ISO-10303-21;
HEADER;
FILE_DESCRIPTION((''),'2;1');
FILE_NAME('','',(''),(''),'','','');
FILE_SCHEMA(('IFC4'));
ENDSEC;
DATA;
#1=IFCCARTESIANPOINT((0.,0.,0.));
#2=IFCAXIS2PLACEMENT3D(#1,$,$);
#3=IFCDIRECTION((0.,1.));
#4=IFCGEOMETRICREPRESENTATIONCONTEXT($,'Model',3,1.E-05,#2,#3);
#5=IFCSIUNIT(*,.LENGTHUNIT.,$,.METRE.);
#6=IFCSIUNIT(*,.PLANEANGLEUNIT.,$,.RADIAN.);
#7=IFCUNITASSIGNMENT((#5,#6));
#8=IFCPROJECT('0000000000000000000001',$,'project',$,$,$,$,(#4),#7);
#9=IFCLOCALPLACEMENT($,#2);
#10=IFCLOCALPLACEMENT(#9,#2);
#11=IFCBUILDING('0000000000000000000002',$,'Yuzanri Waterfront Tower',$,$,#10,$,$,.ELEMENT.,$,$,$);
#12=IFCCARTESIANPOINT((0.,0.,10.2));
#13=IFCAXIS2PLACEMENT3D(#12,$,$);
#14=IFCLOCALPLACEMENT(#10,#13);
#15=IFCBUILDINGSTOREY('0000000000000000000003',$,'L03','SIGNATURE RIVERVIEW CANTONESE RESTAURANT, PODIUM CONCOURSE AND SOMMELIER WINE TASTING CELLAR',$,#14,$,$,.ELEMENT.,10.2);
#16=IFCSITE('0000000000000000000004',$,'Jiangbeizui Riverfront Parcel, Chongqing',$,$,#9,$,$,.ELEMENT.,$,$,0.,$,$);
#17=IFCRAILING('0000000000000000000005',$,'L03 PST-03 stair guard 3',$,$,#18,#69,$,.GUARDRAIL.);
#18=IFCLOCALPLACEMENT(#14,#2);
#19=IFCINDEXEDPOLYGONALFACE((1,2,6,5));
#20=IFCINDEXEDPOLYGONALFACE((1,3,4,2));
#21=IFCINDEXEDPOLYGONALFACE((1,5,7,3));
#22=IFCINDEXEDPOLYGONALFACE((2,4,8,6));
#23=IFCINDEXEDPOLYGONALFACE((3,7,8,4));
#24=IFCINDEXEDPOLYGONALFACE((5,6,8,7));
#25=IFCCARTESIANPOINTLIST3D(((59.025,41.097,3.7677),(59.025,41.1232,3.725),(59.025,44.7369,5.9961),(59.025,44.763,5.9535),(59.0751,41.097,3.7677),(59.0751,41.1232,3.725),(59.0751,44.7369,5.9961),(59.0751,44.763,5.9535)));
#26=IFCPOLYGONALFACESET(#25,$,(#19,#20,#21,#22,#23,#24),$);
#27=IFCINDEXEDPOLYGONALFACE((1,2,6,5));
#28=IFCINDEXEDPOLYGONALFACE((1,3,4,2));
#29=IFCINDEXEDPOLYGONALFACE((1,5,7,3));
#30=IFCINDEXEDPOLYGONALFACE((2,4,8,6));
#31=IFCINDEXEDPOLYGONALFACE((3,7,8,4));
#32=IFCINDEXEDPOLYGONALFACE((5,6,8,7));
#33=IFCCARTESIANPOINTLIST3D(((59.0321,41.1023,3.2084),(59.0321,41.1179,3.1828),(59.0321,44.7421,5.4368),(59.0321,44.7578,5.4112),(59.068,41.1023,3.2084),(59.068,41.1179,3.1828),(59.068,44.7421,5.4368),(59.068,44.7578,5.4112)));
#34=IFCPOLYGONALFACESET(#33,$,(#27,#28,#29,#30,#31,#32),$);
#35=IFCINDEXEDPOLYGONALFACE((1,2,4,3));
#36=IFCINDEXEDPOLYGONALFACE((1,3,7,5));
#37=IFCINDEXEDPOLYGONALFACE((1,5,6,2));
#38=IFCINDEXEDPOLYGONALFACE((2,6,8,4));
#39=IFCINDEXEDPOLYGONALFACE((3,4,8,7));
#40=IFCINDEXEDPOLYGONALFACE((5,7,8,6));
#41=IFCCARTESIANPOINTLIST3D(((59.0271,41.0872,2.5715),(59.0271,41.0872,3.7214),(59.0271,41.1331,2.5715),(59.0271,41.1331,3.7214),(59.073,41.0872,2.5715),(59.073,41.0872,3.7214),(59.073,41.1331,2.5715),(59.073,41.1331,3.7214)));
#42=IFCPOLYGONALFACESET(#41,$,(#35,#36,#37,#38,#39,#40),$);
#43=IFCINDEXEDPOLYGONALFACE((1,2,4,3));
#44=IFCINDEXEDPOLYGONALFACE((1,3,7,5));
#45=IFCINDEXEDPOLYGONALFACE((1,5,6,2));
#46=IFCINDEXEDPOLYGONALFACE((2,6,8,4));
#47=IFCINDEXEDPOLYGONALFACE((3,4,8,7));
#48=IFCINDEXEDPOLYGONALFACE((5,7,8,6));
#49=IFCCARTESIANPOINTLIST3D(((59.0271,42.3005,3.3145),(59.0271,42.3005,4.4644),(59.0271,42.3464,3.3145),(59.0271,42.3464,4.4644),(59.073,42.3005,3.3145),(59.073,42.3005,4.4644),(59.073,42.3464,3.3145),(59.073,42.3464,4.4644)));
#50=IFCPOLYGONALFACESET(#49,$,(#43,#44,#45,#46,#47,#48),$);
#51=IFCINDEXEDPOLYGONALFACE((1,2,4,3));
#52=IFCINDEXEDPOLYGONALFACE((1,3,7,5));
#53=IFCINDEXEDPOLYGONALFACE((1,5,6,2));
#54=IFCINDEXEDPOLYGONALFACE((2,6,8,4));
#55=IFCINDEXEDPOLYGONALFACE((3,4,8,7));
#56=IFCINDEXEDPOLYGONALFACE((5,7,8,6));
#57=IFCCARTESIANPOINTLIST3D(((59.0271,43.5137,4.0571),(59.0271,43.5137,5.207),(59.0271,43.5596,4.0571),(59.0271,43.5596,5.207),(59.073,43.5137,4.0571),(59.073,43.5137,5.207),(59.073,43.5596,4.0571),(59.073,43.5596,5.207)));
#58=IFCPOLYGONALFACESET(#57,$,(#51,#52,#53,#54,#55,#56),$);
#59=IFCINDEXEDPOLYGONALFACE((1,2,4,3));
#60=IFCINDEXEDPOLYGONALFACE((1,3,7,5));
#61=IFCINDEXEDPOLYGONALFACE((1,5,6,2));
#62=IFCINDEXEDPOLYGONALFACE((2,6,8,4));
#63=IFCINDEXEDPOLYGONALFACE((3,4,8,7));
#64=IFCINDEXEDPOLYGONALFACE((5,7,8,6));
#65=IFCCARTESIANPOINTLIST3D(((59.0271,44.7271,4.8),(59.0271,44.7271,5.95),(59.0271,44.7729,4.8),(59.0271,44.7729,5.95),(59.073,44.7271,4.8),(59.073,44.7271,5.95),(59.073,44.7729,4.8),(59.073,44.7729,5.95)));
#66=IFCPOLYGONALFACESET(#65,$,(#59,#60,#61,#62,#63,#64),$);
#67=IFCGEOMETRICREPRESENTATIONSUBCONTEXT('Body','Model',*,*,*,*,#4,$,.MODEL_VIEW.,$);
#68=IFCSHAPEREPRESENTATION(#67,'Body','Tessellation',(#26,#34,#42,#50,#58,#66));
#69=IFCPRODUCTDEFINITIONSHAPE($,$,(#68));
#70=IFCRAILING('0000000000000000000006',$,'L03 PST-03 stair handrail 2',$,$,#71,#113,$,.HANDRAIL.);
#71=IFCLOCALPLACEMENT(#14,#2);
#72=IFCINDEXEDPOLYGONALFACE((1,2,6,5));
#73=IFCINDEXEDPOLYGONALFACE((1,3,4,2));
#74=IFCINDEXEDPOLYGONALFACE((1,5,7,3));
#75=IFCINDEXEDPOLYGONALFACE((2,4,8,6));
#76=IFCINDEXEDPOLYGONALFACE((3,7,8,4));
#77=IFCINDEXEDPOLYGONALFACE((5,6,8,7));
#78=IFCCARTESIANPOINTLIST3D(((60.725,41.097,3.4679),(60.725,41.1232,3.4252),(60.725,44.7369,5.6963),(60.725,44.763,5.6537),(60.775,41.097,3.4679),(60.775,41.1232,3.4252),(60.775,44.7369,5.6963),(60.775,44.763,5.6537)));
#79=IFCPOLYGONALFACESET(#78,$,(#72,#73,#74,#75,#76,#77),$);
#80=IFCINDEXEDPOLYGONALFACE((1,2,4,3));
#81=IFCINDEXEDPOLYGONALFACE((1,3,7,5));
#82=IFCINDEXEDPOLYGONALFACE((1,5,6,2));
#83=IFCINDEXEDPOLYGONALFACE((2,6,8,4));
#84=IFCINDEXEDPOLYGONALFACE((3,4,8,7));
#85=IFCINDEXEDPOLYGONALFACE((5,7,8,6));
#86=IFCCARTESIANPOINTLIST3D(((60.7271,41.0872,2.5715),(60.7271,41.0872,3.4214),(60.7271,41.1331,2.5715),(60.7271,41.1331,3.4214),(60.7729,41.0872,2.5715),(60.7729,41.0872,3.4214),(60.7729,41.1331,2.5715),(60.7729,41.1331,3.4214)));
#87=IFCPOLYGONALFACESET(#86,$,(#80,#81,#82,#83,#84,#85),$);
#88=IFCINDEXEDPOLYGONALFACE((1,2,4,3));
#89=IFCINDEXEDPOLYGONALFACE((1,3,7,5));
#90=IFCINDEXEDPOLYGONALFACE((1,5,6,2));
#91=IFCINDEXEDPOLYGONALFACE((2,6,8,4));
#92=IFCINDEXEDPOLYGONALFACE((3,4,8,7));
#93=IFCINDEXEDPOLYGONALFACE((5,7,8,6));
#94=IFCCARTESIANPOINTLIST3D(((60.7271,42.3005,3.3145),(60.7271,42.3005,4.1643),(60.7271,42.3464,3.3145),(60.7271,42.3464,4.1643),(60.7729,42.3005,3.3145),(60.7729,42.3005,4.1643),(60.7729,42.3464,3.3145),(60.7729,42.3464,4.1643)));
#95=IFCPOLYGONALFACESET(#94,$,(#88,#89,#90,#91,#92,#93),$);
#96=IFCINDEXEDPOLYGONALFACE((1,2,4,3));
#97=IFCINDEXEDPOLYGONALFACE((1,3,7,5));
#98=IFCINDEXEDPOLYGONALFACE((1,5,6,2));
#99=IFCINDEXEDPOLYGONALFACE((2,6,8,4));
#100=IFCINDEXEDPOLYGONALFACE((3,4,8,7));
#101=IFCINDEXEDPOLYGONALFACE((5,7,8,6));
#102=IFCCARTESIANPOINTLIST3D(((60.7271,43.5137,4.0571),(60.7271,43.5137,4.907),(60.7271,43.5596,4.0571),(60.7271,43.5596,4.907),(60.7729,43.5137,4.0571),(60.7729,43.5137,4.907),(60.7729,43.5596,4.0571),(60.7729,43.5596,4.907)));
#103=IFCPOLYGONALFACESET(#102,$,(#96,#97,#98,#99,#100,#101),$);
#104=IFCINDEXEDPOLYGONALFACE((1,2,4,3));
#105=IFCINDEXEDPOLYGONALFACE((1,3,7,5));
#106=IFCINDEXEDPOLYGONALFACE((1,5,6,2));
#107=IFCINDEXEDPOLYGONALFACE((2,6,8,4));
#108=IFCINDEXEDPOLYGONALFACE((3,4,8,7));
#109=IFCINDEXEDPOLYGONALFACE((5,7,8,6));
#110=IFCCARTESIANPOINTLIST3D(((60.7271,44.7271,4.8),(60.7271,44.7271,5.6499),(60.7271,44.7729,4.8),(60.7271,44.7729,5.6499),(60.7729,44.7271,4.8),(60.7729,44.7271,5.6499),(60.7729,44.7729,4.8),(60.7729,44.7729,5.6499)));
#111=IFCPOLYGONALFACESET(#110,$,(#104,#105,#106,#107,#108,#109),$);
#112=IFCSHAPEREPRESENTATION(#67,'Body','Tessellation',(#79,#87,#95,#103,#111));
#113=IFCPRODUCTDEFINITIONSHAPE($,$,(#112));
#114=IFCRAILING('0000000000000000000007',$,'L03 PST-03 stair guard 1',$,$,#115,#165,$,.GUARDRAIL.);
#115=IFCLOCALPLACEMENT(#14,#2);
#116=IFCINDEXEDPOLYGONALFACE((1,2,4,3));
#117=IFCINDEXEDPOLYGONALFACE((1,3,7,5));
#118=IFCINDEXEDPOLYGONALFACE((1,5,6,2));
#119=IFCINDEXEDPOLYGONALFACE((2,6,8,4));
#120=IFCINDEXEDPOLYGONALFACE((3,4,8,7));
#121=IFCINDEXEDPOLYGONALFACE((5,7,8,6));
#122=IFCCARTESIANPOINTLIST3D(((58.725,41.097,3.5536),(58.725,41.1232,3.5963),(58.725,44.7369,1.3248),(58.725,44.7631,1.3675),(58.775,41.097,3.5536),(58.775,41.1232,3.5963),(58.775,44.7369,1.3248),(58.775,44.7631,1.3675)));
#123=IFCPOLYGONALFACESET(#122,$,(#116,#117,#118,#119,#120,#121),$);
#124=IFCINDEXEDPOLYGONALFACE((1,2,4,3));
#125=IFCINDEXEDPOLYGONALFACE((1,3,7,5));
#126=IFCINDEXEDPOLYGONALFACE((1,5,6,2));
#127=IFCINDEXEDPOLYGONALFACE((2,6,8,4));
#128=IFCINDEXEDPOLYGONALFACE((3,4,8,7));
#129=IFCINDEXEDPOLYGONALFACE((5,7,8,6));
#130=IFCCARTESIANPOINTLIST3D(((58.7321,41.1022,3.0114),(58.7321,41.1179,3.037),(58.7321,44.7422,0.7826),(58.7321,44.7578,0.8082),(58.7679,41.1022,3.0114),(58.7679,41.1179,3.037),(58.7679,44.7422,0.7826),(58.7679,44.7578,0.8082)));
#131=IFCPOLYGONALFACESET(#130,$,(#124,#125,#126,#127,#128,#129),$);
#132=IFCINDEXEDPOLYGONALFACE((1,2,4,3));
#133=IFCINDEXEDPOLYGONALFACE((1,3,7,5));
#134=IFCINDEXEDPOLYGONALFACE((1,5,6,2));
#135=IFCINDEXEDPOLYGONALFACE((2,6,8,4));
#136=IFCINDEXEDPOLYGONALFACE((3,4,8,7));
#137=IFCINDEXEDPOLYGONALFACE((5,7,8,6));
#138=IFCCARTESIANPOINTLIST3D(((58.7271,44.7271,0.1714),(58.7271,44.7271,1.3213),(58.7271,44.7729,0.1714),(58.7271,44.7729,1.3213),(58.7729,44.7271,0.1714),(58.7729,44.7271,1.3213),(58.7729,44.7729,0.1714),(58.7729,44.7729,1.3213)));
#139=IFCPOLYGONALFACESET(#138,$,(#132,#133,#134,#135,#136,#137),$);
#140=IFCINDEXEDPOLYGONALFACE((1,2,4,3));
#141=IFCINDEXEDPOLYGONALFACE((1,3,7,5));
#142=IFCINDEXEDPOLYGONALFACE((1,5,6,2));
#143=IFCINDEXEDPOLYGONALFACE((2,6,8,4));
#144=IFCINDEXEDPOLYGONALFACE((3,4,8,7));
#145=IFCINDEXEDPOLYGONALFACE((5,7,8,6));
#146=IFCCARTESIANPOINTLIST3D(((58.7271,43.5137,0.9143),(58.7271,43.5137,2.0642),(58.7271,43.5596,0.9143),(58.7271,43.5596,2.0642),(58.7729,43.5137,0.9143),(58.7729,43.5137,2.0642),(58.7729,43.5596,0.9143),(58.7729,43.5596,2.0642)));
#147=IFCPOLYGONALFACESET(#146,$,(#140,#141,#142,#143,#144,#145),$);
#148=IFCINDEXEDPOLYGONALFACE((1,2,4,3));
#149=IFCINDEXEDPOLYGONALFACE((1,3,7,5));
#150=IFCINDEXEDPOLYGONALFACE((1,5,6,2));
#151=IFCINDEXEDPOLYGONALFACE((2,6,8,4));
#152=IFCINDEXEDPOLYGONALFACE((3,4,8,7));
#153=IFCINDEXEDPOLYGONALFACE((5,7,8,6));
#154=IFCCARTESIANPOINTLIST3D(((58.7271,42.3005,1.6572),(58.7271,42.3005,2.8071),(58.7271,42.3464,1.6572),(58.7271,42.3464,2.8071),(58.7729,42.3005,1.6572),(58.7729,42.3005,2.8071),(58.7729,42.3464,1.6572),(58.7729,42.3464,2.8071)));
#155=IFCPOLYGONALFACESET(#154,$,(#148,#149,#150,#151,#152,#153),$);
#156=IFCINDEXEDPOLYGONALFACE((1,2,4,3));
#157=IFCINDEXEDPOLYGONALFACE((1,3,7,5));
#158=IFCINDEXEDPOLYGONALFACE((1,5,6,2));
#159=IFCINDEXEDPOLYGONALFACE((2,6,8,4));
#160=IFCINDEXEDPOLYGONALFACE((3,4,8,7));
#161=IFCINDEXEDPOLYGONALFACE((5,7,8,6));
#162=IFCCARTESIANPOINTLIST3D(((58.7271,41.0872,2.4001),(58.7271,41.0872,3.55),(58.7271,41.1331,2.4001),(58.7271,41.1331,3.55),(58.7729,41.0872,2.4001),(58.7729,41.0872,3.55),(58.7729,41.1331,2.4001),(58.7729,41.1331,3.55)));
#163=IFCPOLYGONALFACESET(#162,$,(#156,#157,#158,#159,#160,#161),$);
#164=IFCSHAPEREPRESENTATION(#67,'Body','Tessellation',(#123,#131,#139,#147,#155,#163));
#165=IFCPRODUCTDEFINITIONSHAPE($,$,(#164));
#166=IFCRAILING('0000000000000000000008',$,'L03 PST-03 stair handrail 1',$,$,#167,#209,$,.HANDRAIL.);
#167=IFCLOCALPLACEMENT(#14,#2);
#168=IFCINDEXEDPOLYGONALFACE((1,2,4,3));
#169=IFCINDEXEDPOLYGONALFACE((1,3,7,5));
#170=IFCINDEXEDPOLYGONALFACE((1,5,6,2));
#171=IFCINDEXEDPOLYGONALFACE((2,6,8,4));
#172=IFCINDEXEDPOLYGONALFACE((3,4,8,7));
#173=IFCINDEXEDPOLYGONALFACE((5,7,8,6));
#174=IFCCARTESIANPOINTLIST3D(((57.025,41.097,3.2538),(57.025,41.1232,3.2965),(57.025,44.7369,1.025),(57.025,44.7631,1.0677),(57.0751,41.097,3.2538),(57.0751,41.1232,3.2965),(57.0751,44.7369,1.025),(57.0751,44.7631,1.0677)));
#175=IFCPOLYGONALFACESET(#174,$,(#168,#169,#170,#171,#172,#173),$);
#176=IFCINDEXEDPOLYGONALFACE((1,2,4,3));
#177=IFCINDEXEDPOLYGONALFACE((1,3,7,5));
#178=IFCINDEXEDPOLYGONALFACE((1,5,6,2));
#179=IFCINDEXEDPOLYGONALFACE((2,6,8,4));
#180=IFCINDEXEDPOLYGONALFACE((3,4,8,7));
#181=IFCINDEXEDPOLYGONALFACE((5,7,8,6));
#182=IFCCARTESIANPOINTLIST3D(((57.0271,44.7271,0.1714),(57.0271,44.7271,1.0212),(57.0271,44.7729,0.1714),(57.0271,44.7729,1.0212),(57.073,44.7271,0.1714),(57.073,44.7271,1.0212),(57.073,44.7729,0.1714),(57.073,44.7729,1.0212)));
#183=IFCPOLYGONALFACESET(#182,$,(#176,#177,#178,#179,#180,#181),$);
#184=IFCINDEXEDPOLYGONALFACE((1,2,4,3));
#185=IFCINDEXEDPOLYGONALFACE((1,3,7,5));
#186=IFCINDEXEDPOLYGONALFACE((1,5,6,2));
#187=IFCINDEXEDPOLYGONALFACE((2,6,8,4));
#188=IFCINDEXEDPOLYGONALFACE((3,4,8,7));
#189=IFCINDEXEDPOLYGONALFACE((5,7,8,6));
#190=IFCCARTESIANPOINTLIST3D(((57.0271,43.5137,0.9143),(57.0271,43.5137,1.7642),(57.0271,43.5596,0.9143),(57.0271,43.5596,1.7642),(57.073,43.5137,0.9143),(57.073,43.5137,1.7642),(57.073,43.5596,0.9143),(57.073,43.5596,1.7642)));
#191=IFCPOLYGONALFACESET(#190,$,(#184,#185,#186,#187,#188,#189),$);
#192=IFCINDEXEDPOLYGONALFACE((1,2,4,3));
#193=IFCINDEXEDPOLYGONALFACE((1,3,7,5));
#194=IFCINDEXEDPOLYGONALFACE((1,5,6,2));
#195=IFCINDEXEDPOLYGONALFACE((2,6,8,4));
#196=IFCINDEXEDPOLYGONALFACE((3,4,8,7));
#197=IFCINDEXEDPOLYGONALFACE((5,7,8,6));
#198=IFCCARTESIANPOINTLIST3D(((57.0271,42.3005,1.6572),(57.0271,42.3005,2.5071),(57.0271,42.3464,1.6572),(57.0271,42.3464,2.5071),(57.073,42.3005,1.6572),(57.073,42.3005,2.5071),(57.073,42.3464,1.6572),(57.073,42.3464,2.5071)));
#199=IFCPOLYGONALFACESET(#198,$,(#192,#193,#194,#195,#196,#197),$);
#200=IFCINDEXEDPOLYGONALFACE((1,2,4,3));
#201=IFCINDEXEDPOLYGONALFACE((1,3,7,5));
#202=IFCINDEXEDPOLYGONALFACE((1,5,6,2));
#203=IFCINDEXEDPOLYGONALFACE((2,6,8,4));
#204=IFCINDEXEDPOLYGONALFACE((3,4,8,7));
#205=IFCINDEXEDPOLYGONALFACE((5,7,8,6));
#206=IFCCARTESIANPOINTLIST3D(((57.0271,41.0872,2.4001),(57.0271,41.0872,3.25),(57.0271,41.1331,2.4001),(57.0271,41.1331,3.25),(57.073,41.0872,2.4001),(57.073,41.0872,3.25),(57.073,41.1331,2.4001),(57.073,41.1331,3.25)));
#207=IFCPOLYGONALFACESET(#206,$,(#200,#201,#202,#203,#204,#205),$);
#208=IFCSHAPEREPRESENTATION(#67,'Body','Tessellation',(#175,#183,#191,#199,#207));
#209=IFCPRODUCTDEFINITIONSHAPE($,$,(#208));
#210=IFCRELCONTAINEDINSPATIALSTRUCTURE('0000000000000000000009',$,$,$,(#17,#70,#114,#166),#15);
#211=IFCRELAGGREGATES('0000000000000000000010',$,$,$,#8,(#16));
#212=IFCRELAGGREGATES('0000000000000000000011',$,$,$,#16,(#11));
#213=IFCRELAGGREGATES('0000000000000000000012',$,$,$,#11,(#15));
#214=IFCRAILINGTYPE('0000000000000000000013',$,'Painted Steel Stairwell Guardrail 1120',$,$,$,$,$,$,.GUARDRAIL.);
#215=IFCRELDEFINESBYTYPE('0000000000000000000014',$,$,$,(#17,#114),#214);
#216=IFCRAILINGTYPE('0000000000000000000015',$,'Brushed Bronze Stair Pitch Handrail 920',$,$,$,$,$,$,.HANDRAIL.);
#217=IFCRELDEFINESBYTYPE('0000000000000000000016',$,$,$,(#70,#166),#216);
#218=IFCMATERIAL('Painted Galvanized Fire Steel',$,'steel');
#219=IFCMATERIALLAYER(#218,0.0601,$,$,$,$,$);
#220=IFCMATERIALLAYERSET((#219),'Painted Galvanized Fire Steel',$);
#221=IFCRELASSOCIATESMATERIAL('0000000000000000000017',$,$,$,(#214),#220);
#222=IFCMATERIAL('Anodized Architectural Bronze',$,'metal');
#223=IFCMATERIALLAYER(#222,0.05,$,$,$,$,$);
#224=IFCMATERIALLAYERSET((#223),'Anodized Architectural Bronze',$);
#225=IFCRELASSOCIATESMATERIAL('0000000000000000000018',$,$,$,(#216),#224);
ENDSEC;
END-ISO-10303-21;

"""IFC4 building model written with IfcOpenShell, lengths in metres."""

from ifc_helpers import new_model, si_unit, direction, frame, origin, origin_2d, place, context, subcontext, project, spatial, rectangle, extrude, source, transform, mapped, material, layer, layer_set, type_object, element, save


model = new_model("IFC4")

# Units and contexts
model_context = context("Model", 3, precision=1e-05, world=origin(), true_north=direction((0.0, 1.0)))
body_context = subcontext(model_context, "Body", "Model", "MODEL_VIEW")
ifc_project = project(units=[si_unit("LENGTHUNIT", "METRE"), si_unit("PLANEANGLEUNIT", "RADIAN")], contexts=[model_context])

# Site, building, storey
site_placement = place(None, origin())
site = spatial("IfcSite", under=ifc_project, at=site_placement, Name="Jiangbeizui Riverfront Parcel, Chongqing", CompositionType="ELEMENT", RefElevation=0.0)
building_placement = place(site_placement, origin())
building = spatial("IfcBuilding", under=site, at=building_placement, Name="Yuzanri Waterfront Tower", CompositionType="ELEMENT")
storey_placement = place(building_placement, frame((0.0, 0.0, 10.2)))
storey = spatial("IfcBuildingStorey", under=building, at=storey_placement, Name="L03", Description="SIGNATURE RIVERVIEW CANTONESE RESTAURANT, PODIUM CONCOURSE AND SOMMELIER WINE TASTING CELLAR", CompositionType="ELEMENT", Elevation=10.2)

# Railings
ifc_material_1 = material(Name="Painted Galvanized Fire Steel", Category="steel")
ifc_layer_1 = layer(ifc_material_1, 0.0601)
ifc_layer_set_1 = layer_set([ifc_layer_1], Name="Painted Galvanized Fire Steel")
railing_type_1 = type_object("IfcRailingType", Name="Painted Steel Stairwell Guardrail 1120", PredefinedType="GUARDRAIL", material=ifc_layer_set_1)
shared_shape_1 = source(origin(), body_context, "Body", "SweptSolid", [
    extrude(rectangle(XDim=0.05, YDim=0.05, at=origin_2d()), frame((0.0, 0.0, 1.1748), z_axis=(0.0, 0.85285, 0.522156), x_axis=(-1.0, 0.0, 0.0)), (0.0, 0.0, 1.0), 4.2678),
    extrude(rectangle(XDim=0.0359, YDim=0.03, at=origin_2d()), frame((0.0, 0.0, 0.624), z_axis=(0.0, 0.85285, 0.522156), x_axis=(-1.0, 0.0, 0.0)), (0.0, 0.0, 1.0), 4.2678),
    extrude(rectangle(XDim=0.0459, YDim=0.0459, at=origin_2d()), origin(), (0.0, 0.0, 1.0), 1.1499),
    extrude(rectangle(XDim=0.0459, YDim=0.0459, at=origin_2d()), frame((0.0, 1.2134, 0.7429)), (0.0, 0.0, 1.0), 1.1499),
    extrude(rectangle(XDim=0.0459, YDim=0.0459, at=origin_2d()), frame((0.0, 2.4265, 1.4856)), (0.0, 0.0, 1.0), 1.1499),
    extrude(rectangle(XDim=0.0459, YDim=0.0459, at=origin_2d()), frame((0.0, 3.6399, 2.2285)), (0.0, 0.0, 1.0), 1.1499),
])
railing_1_placement = place(storey_placement, frame((59.05, 41.1101, 2.5715)))
element("IfcRailing", 1, at=railing_1_placement, inside=storey, type_object=railing_type_1, Name="L03 PST-03 stair guard 3", PredefinedType="GUARDRAIL", context=body_context, shape_type="MappedRepresentation", body=[
    mapped(shared_shape_1, transform((0.0, 0.0, 0.0), scale=1.0)),
])
ifc_material_2 = material(Name="Anodized Architectural Bronze", Category="metal")
ifc_layer_2 = layer(ifc_material_2, 0.05)
ifc_layer_set_2 = layer_set([ifc_layer_2], Name="Anodized Architectural Bronze")
railing_type_2 = type_object("IfcRailingType", Name="Brushed Bronze Stair Pitch Handrail 920", PredefinedType="HANDRAIL", material=ifc_layer_set_2)
shared_shape_2 = source(origin(), body_context, "Body", "SweptSolid", [
    extrude(rectangle(XDim=0.05, YDim=0.05, at=origin_2d()), frame((0.0, 0.0, 0.875), z_axis=(0.0, 0.85285, 0.522156), x_axis=(-1.0, 0.0, 0.0)), (0.0, 0.0, 1.0), 4.2678),
    extrude(rectangle(XDim=0.0459, YDim=0.0459, at=origin_2d()), origin(), (0.0, 0.0, 1.0), 0.8499),
    extrude(rectangle(XDim=0.0459, YDim=0.0459, at=origin_2d()), frame((0.0, 1.2134, 0.7429)), (0.0, 0.0, 1.0), 0.8499),
    extrude(rectangle(XDim=0.0459, YDim=0.0459, at=origin_2d()), frame((0.0, 2.4265, 1.4856)), (0.0, 0.0, 1.0), 0.8499),
    extrude(rectangle(XDim=0.0459, YDim=0.0459, at=origin_2d()), frame((0.0, 3.6399, 2.2285)), (0.0, 0.0, 1.0), 0.8499),
])
railing_2_placement = place(storey_placement, frame((60.75, 41.1101, 2.5715)))
element("IfcRailing", 2, at=railing_2_placement, inside=storey, type_object=railing_type_2, Name="L03 PST-03 stair handrail 2", PredefinedType="HANDRAIL", context=body_context, shape_type="MappedRepresentation", body=[
    mapped(shared_shape_2, transform((0.0, 0.0, 0.0), scale=1.0)),
])
shared_shape_3 = source(origin(), body_context, "Body", "SweptSolid", [
    extrude(rectangle(XDim=0.05, YDim=0.05, at=origin_2d()), frame((0.0, 0.0, 1.1748), z_axis=(0.0, -0.852825, 0.522197), x_axis=(1.0, 0.0, 0.0)), (0.0, 0.0, 1.0), 4.2681),
    extrude(rectangle(XDim=0.0359, YDim=0.03, at=origin_2d()), frame((0.0, 0.0, 0.624), z_axis=(0.0, -0.852825, 0.522197), x_axis=(1.0, 0.0, 0.0)), (0.0, 0.0, 1.0), 4.2681),
    extrude(rectangle(XDim=0.0459, YDim=0.0459, at=origin_2d()), origin(), (0.0, 0.0, 1.0), 1.1499),
    extrude(rectangle(XDim=0.0459, YDim=0.0459, at=origin_2d()), frame((0.0, -1.2134, 0.7429)), (0.0, 0.0, 1.0), 1.1499),
    extrude(rectangle(XDim=0.0459, YDim=0.0459, at=origin_2d()), frame((0.0, -2.4265, 1.4858)), (0.0, 0.0, 1.0), 1.1499),
    extrude(rectangle(XDim=0.0459, YDim=0.0459, at=origin_2d()), frame((0.0, -3.6399, 2.2288)), (0.0, 0.0, 1.0), 1.1499),
])
railing_3_placement = place(storey_placement, frame((58.75, 44.75, 0.1714)))
element("IfcRailing", 3, at=railing_3_placement, inside=storey, type_object=railing_type_1, Name="L03 PST-03 stair guard 1", PredefinedType="GUARDRAIL", context=body_context, shape_type="MappedRepresentation", body=[
    mapped(shared_shape_3, transform((0.0, 0.0, 0.0), scale=1.0)),
])
shared_shape_4 = source(origin(), body_context, "Body", "SweptSolid", [
    extrude(rectangle(XDim=0.05, YDim=0.05, at=origin_2d()), frame((0.0, 0.0, 0.875), z_axis=(0.0, -0.852825, 0.522197), x_axis=(1.0, 0.0, 0.0)), (0.0, 0.0, 1.0), 4.2681),
    extrude(rectangle(XDim=0.0459, YDim=0.0459, at=origin_2d()), origin(), (0.0, 0.0, 1.0), 0.8499),
    extrude(rectangle(XDim=0.0459, YDim=0.0459, at=origin_2d()), frame((0.0, -1.2134, 0.7429)), (0.0, 0.0, 1.0), 0.8499),
    extrude(rectangle(XDim=0.0459, YDim=0.0459, at=origin_2d()), frame((0.0, -2.4265, 1.4858)), (0.0, 0.0, 1.0), 0.8499),
    extrude(rectangle(XDim=0.0459, YDim=0.0459, at=origin_2d()), frame((0.0, -3.6399, 2.2288)), (0.0, 0.0, 1.0), 0.8499),
])
railing_4_placement = place(storey_placement, frame((57.05, 44.75, 0.1714)))
element("IfcRailing", 4, at=railing_4_placement, inside=storey, type_object=railing_type_2, Name="L03 PST-03 stair handrail 1", PredefinedType="HANDRAIL", context=body_context, shape_type="MappedRepresentation", body=[
    mapped(shared_shape_4, transform((0.0, 0.0, 0.0), scale=1.0)),
])

save(model, "model.ifc")
